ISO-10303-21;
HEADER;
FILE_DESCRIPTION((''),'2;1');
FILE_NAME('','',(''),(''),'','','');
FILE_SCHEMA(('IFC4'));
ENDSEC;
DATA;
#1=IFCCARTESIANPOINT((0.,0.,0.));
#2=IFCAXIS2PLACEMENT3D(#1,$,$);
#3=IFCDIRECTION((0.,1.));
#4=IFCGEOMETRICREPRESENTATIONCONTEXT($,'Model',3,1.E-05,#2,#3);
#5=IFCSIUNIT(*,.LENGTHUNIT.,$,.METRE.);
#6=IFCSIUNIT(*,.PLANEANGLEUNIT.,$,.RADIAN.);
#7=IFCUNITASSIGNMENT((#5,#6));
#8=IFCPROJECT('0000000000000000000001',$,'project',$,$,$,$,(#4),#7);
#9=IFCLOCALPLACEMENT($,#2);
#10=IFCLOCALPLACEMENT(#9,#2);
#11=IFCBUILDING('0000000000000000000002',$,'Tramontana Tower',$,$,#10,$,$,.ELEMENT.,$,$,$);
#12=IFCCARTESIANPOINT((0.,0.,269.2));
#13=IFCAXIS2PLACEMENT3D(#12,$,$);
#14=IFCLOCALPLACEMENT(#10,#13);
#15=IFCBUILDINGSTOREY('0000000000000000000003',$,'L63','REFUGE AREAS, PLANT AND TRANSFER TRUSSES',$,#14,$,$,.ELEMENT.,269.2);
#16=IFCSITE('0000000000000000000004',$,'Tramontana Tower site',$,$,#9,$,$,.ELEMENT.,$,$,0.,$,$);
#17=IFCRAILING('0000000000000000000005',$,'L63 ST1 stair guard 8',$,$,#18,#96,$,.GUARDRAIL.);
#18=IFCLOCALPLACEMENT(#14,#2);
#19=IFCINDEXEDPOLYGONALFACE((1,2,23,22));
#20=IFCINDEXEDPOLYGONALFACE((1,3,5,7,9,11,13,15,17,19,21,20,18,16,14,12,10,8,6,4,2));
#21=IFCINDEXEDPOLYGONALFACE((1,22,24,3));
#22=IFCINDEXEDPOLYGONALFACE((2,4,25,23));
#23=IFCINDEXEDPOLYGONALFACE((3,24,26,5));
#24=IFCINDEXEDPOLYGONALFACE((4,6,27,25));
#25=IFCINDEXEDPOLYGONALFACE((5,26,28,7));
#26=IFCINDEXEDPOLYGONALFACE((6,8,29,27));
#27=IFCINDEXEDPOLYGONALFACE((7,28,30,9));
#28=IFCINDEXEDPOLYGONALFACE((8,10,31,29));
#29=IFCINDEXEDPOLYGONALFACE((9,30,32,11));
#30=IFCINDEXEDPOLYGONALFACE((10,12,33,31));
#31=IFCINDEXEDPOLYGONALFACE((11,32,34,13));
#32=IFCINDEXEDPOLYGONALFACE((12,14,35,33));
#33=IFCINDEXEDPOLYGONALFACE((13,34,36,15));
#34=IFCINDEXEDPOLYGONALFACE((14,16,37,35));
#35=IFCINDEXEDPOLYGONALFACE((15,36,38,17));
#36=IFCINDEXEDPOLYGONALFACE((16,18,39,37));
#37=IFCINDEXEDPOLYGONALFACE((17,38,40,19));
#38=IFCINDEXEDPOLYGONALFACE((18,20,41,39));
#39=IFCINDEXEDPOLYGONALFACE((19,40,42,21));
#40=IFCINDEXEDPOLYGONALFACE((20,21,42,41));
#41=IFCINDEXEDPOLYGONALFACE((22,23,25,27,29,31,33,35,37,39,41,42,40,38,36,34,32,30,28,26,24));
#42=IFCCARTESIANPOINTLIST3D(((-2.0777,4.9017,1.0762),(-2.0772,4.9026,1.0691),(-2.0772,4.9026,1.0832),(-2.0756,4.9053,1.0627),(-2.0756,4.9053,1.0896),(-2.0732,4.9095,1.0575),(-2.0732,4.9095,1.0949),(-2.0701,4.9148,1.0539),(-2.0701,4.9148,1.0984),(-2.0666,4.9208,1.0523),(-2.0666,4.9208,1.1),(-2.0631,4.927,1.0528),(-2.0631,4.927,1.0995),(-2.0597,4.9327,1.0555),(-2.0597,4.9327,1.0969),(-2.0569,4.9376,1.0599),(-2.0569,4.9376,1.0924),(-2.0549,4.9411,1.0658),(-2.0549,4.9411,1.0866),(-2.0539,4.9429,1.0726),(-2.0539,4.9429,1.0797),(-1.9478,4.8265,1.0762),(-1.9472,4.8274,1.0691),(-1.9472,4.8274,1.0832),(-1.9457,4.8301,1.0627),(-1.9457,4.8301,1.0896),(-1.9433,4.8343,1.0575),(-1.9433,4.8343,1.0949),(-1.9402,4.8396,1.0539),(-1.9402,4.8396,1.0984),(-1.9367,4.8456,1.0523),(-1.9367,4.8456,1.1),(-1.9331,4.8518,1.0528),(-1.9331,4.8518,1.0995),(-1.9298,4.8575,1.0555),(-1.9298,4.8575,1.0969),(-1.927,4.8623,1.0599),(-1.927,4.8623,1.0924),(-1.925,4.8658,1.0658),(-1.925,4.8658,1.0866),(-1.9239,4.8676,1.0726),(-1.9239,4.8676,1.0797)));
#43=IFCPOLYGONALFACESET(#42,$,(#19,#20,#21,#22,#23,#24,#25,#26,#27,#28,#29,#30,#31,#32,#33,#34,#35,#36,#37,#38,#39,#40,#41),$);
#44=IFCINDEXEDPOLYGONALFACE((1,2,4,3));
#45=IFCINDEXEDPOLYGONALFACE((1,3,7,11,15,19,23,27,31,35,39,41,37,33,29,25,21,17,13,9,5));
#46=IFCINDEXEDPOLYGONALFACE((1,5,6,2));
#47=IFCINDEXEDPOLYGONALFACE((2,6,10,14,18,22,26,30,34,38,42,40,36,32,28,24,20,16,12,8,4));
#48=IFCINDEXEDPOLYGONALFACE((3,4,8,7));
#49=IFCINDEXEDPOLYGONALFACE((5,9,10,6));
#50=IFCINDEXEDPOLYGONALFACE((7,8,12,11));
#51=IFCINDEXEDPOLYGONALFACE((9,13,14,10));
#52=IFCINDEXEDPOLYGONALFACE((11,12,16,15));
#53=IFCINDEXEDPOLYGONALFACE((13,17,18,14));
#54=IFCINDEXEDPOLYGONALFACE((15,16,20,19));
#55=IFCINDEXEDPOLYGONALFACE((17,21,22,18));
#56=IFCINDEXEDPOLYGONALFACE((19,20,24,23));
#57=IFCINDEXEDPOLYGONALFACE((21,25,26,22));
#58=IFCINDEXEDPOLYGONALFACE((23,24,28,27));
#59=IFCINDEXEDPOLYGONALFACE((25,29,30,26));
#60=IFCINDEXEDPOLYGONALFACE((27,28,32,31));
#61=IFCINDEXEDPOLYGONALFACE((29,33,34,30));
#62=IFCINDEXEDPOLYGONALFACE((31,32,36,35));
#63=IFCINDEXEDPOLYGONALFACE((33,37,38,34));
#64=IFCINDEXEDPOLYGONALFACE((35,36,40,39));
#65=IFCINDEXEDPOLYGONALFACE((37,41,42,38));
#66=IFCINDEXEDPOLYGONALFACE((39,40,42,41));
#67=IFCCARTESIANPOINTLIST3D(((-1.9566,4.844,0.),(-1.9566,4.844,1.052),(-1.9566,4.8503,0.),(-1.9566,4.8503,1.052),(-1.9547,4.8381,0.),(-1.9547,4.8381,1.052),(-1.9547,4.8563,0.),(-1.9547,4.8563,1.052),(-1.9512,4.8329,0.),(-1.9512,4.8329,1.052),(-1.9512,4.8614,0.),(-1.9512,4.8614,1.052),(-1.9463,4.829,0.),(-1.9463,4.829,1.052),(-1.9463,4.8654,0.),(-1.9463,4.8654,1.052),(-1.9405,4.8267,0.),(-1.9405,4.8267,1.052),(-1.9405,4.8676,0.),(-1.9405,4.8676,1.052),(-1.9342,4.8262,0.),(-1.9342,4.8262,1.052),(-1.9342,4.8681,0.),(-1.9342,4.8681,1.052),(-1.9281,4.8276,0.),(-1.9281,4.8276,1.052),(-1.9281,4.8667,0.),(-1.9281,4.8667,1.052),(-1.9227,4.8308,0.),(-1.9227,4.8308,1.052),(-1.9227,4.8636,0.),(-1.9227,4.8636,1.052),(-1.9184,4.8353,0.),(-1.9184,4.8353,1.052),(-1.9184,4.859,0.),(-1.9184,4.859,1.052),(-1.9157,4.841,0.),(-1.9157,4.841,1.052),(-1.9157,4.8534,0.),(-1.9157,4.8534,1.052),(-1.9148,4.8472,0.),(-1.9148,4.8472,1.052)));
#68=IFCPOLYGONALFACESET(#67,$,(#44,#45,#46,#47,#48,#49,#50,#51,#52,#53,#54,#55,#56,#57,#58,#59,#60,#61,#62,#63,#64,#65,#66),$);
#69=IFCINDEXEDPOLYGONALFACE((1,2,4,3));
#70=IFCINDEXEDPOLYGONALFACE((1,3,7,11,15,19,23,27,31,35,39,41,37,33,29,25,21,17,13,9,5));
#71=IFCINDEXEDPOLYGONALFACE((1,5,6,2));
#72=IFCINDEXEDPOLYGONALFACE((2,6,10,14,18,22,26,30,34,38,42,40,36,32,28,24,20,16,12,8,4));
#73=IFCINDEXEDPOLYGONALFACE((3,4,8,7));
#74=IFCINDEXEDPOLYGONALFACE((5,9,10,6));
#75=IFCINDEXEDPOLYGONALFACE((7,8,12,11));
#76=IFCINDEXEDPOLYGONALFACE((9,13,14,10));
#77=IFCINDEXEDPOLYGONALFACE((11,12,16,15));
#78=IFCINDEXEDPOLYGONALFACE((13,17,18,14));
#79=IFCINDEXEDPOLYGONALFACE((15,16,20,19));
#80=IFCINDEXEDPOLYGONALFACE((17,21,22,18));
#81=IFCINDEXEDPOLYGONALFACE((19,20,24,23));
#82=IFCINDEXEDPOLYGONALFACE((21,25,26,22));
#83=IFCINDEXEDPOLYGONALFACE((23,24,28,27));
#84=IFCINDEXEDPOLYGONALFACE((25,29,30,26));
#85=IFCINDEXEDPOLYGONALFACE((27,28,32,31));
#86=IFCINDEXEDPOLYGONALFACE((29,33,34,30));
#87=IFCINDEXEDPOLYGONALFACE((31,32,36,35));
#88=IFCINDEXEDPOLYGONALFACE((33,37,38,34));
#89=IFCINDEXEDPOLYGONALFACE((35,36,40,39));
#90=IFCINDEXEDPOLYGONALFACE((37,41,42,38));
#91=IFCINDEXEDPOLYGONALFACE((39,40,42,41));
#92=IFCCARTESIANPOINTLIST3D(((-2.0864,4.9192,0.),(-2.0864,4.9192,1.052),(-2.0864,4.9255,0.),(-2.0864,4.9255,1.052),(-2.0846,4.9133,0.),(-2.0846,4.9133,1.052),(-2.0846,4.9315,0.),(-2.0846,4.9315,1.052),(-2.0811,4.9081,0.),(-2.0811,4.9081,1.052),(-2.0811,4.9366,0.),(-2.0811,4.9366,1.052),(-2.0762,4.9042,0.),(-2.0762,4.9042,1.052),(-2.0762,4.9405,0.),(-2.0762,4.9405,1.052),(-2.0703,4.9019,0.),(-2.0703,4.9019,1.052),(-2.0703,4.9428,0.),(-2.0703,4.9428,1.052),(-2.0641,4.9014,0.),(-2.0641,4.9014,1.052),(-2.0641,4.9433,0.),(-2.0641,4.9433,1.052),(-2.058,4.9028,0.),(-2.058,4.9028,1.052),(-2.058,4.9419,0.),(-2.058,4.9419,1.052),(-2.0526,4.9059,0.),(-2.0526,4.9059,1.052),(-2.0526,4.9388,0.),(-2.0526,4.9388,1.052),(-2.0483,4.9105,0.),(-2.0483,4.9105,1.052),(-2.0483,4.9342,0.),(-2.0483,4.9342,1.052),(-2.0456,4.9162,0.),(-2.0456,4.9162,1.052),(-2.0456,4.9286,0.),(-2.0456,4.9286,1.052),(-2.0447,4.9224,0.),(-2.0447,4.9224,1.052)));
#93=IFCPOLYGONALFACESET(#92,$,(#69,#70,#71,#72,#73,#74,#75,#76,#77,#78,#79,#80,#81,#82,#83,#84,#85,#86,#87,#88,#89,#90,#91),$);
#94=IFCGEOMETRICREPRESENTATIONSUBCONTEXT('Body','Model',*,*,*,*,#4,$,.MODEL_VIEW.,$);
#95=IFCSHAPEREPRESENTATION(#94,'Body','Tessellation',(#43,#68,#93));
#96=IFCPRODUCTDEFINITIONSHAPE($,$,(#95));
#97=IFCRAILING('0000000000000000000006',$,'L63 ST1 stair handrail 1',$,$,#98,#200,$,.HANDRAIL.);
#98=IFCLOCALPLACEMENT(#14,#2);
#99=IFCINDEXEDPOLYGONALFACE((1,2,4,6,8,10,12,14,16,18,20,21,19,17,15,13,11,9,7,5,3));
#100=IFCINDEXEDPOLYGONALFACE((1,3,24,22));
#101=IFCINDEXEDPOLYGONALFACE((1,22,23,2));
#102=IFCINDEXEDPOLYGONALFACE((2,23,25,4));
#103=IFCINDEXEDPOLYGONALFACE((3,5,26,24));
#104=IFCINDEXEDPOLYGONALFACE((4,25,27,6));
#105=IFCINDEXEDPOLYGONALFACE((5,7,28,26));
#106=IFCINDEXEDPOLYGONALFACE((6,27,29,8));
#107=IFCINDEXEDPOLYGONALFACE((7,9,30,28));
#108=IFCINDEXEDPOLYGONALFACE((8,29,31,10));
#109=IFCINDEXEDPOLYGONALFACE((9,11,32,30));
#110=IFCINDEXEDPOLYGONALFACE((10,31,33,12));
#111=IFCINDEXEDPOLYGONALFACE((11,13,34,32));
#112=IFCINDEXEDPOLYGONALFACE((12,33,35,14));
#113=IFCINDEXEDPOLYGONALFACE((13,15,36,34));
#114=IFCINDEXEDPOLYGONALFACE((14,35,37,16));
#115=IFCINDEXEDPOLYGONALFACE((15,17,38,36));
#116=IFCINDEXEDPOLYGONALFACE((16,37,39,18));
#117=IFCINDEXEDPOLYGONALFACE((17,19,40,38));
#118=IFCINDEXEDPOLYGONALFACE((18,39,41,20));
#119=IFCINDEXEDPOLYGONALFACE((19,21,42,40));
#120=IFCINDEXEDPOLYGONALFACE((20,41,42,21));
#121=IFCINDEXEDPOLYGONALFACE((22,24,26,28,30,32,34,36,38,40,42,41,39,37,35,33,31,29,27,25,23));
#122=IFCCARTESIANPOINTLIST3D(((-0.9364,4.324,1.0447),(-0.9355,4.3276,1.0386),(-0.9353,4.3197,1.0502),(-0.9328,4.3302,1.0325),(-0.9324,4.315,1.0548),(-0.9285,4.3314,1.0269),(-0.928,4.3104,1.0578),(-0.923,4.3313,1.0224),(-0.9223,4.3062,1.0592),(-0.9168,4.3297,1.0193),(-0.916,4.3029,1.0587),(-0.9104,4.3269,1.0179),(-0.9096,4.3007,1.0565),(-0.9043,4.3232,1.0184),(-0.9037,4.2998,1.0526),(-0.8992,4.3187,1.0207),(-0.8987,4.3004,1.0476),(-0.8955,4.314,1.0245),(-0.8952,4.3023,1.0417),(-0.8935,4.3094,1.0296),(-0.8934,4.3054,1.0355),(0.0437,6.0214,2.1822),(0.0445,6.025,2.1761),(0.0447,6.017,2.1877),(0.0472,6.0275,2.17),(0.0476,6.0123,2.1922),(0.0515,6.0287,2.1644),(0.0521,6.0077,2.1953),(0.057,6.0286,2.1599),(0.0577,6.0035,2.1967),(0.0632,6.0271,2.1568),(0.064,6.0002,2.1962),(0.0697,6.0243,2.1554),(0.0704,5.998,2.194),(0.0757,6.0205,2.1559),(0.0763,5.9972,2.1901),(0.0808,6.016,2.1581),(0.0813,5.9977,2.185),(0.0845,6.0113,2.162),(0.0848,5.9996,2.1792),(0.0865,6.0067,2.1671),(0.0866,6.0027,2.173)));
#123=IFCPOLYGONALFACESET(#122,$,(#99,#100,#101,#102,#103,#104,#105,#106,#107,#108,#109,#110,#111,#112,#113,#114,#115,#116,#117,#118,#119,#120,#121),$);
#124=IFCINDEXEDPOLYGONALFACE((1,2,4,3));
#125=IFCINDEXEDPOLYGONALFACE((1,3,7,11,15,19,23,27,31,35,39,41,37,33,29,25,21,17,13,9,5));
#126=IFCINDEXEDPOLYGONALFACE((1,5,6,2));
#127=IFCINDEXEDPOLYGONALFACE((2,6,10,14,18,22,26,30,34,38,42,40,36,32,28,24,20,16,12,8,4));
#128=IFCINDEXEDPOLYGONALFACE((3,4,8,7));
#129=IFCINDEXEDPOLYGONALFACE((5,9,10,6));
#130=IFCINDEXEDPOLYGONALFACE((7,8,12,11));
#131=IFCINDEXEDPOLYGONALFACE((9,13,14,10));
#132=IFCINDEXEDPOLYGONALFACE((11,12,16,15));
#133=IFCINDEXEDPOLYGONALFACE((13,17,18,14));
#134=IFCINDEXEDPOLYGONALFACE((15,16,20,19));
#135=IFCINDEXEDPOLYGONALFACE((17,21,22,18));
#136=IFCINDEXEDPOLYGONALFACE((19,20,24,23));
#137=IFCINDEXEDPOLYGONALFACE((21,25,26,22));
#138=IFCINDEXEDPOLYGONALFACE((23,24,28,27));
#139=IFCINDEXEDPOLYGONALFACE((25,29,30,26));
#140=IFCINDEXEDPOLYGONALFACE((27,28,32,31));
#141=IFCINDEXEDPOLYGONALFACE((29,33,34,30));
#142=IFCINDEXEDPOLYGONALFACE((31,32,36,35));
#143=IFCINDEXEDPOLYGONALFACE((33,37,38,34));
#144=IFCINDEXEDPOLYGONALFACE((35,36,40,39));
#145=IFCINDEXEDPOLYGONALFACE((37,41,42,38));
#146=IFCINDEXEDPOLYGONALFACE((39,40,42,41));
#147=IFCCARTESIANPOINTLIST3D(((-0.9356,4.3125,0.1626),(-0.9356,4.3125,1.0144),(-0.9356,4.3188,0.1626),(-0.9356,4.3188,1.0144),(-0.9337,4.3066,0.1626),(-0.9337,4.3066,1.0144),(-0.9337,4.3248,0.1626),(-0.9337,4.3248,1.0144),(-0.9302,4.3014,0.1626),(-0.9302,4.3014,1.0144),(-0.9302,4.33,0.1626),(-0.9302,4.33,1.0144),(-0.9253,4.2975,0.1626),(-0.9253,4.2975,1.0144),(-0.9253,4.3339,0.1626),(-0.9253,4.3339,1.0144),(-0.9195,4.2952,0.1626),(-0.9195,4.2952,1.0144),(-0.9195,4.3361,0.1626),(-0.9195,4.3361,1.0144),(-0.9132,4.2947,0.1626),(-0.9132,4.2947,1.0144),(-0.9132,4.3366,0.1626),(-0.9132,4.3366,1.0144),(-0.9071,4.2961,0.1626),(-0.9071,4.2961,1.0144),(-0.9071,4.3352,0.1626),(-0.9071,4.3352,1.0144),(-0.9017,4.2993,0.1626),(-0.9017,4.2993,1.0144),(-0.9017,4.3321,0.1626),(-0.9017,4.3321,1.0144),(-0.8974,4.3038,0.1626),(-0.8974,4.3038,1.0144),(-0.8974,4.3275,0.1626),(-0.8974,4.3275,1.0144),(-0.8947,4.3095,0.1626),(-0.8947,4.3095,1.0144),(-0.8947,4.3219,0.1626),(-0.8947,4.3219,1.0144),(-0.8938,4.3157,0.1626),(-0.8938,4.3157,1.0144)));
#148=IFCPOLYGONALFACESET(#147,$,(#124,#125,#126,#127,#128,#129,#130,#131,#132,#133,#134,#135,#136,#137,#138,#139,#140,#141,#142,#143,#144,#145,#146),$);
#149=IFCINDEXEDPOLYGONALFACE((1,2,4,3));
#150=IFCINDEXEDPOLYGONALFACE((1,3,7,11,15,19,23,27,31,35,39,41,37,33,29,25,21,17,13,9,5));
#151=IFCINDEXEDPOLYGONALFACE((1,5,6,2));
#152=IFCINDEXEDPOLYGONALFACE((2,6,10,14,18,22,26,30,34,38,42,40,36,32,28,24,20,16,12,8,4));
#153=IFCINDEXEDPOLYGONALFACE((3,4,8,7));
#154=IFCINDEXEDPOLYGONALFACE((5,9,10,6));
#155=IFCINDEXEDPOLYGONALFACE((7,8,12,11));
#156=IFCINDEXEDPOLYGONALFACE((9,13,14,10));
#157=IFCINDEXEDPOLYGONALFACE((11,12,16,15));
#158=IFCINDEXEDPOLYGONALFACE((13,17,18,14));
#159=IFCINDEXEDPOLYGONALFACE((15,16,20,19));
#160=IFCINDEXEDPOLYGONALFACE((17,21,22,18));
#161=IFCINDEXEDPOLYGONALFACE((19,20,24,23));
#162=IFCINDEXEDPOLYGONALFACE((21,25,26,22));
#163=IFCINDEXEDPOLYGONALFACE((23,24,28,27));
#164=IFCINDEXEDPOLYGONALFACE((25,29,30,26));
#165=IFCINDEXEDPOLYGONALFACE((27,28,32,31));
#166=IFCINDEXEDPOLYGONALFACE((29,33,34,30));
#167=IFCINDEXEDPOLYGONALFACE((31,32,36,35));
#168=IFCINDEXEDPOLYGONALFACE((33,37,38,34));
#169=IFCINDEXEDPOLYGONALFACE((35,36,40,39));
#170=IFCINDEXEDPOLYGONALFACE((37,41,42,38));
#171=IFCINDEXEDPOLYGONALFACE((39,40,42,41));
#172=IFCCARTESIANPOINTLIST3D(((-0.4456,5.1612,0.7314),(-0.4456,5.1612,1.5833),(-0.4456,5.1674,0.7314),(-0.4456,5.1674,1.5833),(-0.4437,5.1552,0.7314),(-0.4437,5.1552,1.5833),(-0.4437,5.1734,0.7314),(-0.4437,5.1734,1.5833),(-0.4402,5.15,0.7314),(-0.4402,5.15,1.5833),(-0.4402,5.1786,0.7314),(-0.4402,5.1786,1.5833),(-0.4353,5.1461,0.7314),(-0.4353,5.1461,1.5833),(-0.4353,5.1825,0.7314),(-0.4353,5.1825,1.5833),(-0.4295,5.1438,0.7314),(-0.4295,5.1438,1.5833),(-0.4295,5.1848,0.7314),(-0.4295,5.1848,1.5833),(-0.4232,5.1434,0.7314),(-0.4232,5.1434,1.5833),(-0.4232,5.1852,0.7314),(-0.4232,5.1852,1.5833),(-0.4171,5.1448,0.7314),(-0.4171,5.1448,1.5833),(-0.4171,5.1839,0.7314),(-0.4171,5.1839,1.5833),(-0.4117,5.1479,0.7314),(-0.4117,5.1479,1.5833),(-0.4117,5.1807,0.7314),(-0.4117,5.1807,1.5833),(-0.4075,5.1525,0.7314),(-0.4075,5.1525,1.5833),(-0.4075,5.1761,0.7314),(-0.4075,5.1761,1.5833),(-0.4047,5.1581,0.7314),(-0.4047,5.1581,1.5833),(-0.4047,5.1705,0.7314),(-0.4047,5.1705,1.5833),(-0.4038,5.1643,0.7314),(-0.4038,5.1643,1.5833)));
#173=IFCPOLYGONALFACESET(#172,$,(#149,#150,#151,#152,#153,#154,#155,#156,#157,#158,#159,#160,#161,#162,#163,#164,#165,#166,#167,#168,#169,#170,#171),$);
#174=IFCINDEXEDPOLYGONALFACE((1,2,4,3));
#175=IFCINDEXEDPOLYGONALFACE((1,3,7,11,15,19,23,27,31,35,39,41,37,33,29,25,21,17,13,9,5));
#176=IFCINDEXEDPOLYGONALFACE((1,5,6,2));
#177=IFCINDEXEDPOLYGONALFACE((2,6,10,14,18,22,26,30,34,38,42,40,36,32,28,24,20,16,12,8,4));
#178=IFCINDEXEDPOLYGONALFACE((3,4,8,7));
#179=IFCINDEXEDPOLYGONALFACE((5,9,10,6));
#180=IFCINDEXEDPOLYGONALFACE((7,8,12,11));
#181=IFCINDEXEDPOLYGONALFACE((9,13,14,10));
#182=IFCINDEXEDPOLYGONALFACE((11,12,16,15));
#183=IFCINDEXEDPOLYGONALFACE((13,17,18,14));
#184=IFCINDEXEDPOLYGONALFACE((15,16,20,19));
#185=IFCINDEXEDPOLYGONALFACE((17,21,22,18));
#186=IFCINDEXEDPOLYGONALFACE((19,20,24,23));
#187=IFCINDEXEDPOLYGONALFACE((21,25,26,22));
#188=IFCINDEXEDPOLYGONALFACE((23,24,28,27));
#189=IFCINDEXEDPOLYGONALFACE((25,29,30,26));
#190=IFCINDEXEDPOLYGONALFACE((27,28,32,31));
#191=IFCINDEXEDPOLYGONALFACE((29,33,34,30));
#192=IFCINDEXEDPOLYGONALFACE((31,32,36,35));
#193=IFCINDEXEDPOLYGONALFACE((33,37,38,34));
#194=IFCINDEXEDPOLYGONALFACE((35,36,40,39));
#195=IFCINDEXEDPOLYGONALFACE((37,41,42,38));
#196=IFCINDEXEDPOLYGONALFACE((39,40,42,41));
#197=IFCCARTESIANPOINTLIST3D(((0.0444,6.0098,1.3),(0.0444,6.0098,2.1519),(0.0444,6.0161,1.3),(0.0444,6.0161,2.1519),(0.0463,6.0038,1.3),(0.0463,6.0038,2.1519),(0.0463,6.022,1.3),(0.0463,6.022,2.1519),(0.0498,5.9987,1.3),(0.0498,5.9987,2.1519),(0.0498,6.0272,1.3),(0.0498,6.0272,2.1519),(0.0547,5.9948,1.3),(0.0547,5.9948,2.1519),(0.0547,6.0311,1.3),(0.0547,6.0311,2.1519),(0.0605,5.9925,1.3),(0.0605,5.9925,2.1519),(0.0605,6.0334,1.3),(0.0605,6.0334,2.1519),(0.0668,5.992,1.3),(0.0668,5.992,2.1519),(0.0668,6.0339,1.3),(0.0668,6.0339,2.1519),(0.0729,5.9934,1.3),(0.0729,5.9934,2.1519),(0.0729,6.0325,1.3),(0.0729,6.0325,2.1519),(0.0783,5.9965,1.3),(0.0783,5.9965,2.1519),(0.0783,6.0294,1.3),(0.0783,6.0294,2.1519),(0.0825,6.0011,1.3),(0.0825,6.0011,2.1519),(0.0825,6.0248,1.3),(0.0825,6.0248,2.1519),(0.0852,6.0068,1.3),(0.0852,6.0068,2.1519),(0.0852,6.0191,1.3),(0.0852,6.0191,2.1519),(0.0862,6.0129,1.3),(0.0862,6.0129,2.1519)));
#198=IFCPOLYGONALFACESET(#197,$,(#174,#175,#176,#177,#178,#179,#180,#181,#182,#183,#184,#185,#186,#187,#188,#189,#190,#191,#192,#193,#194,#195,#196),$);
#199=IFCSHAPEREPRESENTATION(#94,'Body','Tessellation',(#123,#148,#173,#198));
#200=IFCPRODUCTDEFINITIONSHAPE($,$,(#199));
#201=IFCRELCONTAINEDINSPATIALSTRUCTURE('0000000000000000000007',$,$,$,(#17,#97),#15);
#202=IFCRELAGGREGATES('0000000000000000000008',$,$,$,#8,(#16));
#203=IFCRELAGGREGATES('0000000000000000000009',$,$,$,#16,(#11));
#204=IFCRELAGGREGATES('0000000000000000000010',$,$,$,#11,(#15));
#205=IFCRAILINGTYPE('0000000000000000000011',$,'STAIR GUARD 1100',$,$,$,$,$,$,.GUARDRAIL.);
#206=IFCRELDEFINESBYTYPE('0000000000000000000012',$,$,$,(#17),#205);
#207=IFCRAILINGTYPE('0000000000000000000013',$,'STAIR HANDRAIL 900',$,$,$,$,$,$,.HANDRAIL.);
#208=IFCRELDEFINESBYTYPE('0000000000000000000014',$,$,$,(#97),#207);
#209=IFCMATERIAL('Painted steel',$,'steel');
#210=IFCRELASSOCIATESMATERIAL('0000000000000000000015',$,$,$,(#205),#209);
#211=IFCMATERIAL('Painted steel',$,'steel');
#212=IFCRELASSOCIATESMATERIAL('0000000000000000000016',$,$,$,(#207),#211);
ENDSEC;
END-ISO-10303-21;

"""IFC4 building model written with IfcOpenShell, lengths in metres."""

from ifc_helpers import new_model, si_unit, direction, frame, origin, origin_2d, place, context, subcontext, project, spatial, circle, extrude, material, type_object, element, save


model = new_model("IFC4")

# Units and contexts
model_context = context("Model", 3, precision=1e-05, world=origin(), true_north=direction((0.0, 1.0)))
body_context = subcontext(model_context, "Body", "Model", "MODEL_VIEW")
ifc_project = project(units=[si_unit("LENGTHUNIT", "METRE"), si_unit("PLANEANGLEUNIT", "RADIAN")], contexts=[model_context])

# Site, building, storey
site_placement = place(None, origin())
site = spatial("IfcSite", under=ifc_project, at=site_placement, Name="Tramontana Tower site", CompositionType="ELEMENT", RefElevation=0.0)
building_placement = place(site_placement, origin())
building = spatial("IfcBuilding", under=site, at=building_placement, Name="Tramontana Tower", CompositionType="ELEMENT")
storey_placement = place(building_placement, frame((0.0, 0.0, 269.2)))
storey = spatial("IfcBuildingStorey", under=building, at=storey_placement, Name="L63", Description="REFUGE AREAS, PLANT AND TRANSFER TRUSSES", CompositionType="ELEMENT", Elevation=269.2)

# Railings
ifc_material_1 = material(Name="Painted steel", Category="steel")
railing_type_1 = type_object("IfcRailingType", Name="STAIR GUARD 1100", PredefinedType="GUARDRAIL", material=ifc_material_1)
railing_1_placement = place(storey_placement, frame((-1.9358, 4.8472, 0.0)))
element("IfcRailing", 1, at=railing_1_placement, inside=storey, type_object=railing_type_1, Name="L63 ST1 stair guard 8", PredefinedType="GUARDRAIL", context=body_context, shape_type="SweptSolid", body=[
    extrude(circle(Radius=0.0239, at=origin_2d()), frame((0.0, 0.0, 1.0762), z_axis=(-0.865426, 0.501036, 0.0), x_axis=(-0.501036, -0.865426, 0.0)), (0.0, 0.0, 1.0), 0.1501),
    extrude(circle(Radius=0.021, at=origin_2d()), origin(), (0.0, 0.0, 1.0), 1.052),
    extrude(circle(Radius=0.021, at=origin_2d()), frame((-0.1299, 0.0752, 0.0)), (0.0, 0.0, 1.0), 1.052),
])
ifc_material_2 = material(Name="Painted steel", Category="steel")
railing_type_2 = type_object("IfcRailingType", Name="STAIR HANDRAIL 900", PredefinedType="HANDRAIL", material=ifc_material_2)
railing_2_placement = place(storey_placement, frame((-0.9148, 4.3157, 0.1626)))
element("IfcRailing", 2, at=railing_2_placement, inside=storey, type_object=railing_type_2, Name="L63 ST1 stair handrail 1", PredefinedType="HANDRAIL", context=body_context, shape_type="SweptSolid", body=[
    extrude(circle(Radius=0.0239, at=origin_2d()), frame((0.0, 0.0, 0.876), z_axis=(0.432467, 0.749006, 0.501959), x_axis=(-0.866011, 0.500024, 0.0)), (0.0, 0.0, 1.0), 2.2661),
    extrude(circle(Radius=0.021, at=origin_2d()), origin(), (0.0, 0.0, 1.0), 0.8518),
    extrude(circle(Radius=0.021, at=origin_2d()), frame((0.49, 0.8486, 0.5688)), (0.0, 0.0, 1.0), 0.8518),
    extrude(circle(Radius=0.021, at=origin_2d()), frame((0.98, 1.6973, 1.1375)), (0.0, 0.0, 1.0), 0.8518),
])

save(model, "model.ifc")
